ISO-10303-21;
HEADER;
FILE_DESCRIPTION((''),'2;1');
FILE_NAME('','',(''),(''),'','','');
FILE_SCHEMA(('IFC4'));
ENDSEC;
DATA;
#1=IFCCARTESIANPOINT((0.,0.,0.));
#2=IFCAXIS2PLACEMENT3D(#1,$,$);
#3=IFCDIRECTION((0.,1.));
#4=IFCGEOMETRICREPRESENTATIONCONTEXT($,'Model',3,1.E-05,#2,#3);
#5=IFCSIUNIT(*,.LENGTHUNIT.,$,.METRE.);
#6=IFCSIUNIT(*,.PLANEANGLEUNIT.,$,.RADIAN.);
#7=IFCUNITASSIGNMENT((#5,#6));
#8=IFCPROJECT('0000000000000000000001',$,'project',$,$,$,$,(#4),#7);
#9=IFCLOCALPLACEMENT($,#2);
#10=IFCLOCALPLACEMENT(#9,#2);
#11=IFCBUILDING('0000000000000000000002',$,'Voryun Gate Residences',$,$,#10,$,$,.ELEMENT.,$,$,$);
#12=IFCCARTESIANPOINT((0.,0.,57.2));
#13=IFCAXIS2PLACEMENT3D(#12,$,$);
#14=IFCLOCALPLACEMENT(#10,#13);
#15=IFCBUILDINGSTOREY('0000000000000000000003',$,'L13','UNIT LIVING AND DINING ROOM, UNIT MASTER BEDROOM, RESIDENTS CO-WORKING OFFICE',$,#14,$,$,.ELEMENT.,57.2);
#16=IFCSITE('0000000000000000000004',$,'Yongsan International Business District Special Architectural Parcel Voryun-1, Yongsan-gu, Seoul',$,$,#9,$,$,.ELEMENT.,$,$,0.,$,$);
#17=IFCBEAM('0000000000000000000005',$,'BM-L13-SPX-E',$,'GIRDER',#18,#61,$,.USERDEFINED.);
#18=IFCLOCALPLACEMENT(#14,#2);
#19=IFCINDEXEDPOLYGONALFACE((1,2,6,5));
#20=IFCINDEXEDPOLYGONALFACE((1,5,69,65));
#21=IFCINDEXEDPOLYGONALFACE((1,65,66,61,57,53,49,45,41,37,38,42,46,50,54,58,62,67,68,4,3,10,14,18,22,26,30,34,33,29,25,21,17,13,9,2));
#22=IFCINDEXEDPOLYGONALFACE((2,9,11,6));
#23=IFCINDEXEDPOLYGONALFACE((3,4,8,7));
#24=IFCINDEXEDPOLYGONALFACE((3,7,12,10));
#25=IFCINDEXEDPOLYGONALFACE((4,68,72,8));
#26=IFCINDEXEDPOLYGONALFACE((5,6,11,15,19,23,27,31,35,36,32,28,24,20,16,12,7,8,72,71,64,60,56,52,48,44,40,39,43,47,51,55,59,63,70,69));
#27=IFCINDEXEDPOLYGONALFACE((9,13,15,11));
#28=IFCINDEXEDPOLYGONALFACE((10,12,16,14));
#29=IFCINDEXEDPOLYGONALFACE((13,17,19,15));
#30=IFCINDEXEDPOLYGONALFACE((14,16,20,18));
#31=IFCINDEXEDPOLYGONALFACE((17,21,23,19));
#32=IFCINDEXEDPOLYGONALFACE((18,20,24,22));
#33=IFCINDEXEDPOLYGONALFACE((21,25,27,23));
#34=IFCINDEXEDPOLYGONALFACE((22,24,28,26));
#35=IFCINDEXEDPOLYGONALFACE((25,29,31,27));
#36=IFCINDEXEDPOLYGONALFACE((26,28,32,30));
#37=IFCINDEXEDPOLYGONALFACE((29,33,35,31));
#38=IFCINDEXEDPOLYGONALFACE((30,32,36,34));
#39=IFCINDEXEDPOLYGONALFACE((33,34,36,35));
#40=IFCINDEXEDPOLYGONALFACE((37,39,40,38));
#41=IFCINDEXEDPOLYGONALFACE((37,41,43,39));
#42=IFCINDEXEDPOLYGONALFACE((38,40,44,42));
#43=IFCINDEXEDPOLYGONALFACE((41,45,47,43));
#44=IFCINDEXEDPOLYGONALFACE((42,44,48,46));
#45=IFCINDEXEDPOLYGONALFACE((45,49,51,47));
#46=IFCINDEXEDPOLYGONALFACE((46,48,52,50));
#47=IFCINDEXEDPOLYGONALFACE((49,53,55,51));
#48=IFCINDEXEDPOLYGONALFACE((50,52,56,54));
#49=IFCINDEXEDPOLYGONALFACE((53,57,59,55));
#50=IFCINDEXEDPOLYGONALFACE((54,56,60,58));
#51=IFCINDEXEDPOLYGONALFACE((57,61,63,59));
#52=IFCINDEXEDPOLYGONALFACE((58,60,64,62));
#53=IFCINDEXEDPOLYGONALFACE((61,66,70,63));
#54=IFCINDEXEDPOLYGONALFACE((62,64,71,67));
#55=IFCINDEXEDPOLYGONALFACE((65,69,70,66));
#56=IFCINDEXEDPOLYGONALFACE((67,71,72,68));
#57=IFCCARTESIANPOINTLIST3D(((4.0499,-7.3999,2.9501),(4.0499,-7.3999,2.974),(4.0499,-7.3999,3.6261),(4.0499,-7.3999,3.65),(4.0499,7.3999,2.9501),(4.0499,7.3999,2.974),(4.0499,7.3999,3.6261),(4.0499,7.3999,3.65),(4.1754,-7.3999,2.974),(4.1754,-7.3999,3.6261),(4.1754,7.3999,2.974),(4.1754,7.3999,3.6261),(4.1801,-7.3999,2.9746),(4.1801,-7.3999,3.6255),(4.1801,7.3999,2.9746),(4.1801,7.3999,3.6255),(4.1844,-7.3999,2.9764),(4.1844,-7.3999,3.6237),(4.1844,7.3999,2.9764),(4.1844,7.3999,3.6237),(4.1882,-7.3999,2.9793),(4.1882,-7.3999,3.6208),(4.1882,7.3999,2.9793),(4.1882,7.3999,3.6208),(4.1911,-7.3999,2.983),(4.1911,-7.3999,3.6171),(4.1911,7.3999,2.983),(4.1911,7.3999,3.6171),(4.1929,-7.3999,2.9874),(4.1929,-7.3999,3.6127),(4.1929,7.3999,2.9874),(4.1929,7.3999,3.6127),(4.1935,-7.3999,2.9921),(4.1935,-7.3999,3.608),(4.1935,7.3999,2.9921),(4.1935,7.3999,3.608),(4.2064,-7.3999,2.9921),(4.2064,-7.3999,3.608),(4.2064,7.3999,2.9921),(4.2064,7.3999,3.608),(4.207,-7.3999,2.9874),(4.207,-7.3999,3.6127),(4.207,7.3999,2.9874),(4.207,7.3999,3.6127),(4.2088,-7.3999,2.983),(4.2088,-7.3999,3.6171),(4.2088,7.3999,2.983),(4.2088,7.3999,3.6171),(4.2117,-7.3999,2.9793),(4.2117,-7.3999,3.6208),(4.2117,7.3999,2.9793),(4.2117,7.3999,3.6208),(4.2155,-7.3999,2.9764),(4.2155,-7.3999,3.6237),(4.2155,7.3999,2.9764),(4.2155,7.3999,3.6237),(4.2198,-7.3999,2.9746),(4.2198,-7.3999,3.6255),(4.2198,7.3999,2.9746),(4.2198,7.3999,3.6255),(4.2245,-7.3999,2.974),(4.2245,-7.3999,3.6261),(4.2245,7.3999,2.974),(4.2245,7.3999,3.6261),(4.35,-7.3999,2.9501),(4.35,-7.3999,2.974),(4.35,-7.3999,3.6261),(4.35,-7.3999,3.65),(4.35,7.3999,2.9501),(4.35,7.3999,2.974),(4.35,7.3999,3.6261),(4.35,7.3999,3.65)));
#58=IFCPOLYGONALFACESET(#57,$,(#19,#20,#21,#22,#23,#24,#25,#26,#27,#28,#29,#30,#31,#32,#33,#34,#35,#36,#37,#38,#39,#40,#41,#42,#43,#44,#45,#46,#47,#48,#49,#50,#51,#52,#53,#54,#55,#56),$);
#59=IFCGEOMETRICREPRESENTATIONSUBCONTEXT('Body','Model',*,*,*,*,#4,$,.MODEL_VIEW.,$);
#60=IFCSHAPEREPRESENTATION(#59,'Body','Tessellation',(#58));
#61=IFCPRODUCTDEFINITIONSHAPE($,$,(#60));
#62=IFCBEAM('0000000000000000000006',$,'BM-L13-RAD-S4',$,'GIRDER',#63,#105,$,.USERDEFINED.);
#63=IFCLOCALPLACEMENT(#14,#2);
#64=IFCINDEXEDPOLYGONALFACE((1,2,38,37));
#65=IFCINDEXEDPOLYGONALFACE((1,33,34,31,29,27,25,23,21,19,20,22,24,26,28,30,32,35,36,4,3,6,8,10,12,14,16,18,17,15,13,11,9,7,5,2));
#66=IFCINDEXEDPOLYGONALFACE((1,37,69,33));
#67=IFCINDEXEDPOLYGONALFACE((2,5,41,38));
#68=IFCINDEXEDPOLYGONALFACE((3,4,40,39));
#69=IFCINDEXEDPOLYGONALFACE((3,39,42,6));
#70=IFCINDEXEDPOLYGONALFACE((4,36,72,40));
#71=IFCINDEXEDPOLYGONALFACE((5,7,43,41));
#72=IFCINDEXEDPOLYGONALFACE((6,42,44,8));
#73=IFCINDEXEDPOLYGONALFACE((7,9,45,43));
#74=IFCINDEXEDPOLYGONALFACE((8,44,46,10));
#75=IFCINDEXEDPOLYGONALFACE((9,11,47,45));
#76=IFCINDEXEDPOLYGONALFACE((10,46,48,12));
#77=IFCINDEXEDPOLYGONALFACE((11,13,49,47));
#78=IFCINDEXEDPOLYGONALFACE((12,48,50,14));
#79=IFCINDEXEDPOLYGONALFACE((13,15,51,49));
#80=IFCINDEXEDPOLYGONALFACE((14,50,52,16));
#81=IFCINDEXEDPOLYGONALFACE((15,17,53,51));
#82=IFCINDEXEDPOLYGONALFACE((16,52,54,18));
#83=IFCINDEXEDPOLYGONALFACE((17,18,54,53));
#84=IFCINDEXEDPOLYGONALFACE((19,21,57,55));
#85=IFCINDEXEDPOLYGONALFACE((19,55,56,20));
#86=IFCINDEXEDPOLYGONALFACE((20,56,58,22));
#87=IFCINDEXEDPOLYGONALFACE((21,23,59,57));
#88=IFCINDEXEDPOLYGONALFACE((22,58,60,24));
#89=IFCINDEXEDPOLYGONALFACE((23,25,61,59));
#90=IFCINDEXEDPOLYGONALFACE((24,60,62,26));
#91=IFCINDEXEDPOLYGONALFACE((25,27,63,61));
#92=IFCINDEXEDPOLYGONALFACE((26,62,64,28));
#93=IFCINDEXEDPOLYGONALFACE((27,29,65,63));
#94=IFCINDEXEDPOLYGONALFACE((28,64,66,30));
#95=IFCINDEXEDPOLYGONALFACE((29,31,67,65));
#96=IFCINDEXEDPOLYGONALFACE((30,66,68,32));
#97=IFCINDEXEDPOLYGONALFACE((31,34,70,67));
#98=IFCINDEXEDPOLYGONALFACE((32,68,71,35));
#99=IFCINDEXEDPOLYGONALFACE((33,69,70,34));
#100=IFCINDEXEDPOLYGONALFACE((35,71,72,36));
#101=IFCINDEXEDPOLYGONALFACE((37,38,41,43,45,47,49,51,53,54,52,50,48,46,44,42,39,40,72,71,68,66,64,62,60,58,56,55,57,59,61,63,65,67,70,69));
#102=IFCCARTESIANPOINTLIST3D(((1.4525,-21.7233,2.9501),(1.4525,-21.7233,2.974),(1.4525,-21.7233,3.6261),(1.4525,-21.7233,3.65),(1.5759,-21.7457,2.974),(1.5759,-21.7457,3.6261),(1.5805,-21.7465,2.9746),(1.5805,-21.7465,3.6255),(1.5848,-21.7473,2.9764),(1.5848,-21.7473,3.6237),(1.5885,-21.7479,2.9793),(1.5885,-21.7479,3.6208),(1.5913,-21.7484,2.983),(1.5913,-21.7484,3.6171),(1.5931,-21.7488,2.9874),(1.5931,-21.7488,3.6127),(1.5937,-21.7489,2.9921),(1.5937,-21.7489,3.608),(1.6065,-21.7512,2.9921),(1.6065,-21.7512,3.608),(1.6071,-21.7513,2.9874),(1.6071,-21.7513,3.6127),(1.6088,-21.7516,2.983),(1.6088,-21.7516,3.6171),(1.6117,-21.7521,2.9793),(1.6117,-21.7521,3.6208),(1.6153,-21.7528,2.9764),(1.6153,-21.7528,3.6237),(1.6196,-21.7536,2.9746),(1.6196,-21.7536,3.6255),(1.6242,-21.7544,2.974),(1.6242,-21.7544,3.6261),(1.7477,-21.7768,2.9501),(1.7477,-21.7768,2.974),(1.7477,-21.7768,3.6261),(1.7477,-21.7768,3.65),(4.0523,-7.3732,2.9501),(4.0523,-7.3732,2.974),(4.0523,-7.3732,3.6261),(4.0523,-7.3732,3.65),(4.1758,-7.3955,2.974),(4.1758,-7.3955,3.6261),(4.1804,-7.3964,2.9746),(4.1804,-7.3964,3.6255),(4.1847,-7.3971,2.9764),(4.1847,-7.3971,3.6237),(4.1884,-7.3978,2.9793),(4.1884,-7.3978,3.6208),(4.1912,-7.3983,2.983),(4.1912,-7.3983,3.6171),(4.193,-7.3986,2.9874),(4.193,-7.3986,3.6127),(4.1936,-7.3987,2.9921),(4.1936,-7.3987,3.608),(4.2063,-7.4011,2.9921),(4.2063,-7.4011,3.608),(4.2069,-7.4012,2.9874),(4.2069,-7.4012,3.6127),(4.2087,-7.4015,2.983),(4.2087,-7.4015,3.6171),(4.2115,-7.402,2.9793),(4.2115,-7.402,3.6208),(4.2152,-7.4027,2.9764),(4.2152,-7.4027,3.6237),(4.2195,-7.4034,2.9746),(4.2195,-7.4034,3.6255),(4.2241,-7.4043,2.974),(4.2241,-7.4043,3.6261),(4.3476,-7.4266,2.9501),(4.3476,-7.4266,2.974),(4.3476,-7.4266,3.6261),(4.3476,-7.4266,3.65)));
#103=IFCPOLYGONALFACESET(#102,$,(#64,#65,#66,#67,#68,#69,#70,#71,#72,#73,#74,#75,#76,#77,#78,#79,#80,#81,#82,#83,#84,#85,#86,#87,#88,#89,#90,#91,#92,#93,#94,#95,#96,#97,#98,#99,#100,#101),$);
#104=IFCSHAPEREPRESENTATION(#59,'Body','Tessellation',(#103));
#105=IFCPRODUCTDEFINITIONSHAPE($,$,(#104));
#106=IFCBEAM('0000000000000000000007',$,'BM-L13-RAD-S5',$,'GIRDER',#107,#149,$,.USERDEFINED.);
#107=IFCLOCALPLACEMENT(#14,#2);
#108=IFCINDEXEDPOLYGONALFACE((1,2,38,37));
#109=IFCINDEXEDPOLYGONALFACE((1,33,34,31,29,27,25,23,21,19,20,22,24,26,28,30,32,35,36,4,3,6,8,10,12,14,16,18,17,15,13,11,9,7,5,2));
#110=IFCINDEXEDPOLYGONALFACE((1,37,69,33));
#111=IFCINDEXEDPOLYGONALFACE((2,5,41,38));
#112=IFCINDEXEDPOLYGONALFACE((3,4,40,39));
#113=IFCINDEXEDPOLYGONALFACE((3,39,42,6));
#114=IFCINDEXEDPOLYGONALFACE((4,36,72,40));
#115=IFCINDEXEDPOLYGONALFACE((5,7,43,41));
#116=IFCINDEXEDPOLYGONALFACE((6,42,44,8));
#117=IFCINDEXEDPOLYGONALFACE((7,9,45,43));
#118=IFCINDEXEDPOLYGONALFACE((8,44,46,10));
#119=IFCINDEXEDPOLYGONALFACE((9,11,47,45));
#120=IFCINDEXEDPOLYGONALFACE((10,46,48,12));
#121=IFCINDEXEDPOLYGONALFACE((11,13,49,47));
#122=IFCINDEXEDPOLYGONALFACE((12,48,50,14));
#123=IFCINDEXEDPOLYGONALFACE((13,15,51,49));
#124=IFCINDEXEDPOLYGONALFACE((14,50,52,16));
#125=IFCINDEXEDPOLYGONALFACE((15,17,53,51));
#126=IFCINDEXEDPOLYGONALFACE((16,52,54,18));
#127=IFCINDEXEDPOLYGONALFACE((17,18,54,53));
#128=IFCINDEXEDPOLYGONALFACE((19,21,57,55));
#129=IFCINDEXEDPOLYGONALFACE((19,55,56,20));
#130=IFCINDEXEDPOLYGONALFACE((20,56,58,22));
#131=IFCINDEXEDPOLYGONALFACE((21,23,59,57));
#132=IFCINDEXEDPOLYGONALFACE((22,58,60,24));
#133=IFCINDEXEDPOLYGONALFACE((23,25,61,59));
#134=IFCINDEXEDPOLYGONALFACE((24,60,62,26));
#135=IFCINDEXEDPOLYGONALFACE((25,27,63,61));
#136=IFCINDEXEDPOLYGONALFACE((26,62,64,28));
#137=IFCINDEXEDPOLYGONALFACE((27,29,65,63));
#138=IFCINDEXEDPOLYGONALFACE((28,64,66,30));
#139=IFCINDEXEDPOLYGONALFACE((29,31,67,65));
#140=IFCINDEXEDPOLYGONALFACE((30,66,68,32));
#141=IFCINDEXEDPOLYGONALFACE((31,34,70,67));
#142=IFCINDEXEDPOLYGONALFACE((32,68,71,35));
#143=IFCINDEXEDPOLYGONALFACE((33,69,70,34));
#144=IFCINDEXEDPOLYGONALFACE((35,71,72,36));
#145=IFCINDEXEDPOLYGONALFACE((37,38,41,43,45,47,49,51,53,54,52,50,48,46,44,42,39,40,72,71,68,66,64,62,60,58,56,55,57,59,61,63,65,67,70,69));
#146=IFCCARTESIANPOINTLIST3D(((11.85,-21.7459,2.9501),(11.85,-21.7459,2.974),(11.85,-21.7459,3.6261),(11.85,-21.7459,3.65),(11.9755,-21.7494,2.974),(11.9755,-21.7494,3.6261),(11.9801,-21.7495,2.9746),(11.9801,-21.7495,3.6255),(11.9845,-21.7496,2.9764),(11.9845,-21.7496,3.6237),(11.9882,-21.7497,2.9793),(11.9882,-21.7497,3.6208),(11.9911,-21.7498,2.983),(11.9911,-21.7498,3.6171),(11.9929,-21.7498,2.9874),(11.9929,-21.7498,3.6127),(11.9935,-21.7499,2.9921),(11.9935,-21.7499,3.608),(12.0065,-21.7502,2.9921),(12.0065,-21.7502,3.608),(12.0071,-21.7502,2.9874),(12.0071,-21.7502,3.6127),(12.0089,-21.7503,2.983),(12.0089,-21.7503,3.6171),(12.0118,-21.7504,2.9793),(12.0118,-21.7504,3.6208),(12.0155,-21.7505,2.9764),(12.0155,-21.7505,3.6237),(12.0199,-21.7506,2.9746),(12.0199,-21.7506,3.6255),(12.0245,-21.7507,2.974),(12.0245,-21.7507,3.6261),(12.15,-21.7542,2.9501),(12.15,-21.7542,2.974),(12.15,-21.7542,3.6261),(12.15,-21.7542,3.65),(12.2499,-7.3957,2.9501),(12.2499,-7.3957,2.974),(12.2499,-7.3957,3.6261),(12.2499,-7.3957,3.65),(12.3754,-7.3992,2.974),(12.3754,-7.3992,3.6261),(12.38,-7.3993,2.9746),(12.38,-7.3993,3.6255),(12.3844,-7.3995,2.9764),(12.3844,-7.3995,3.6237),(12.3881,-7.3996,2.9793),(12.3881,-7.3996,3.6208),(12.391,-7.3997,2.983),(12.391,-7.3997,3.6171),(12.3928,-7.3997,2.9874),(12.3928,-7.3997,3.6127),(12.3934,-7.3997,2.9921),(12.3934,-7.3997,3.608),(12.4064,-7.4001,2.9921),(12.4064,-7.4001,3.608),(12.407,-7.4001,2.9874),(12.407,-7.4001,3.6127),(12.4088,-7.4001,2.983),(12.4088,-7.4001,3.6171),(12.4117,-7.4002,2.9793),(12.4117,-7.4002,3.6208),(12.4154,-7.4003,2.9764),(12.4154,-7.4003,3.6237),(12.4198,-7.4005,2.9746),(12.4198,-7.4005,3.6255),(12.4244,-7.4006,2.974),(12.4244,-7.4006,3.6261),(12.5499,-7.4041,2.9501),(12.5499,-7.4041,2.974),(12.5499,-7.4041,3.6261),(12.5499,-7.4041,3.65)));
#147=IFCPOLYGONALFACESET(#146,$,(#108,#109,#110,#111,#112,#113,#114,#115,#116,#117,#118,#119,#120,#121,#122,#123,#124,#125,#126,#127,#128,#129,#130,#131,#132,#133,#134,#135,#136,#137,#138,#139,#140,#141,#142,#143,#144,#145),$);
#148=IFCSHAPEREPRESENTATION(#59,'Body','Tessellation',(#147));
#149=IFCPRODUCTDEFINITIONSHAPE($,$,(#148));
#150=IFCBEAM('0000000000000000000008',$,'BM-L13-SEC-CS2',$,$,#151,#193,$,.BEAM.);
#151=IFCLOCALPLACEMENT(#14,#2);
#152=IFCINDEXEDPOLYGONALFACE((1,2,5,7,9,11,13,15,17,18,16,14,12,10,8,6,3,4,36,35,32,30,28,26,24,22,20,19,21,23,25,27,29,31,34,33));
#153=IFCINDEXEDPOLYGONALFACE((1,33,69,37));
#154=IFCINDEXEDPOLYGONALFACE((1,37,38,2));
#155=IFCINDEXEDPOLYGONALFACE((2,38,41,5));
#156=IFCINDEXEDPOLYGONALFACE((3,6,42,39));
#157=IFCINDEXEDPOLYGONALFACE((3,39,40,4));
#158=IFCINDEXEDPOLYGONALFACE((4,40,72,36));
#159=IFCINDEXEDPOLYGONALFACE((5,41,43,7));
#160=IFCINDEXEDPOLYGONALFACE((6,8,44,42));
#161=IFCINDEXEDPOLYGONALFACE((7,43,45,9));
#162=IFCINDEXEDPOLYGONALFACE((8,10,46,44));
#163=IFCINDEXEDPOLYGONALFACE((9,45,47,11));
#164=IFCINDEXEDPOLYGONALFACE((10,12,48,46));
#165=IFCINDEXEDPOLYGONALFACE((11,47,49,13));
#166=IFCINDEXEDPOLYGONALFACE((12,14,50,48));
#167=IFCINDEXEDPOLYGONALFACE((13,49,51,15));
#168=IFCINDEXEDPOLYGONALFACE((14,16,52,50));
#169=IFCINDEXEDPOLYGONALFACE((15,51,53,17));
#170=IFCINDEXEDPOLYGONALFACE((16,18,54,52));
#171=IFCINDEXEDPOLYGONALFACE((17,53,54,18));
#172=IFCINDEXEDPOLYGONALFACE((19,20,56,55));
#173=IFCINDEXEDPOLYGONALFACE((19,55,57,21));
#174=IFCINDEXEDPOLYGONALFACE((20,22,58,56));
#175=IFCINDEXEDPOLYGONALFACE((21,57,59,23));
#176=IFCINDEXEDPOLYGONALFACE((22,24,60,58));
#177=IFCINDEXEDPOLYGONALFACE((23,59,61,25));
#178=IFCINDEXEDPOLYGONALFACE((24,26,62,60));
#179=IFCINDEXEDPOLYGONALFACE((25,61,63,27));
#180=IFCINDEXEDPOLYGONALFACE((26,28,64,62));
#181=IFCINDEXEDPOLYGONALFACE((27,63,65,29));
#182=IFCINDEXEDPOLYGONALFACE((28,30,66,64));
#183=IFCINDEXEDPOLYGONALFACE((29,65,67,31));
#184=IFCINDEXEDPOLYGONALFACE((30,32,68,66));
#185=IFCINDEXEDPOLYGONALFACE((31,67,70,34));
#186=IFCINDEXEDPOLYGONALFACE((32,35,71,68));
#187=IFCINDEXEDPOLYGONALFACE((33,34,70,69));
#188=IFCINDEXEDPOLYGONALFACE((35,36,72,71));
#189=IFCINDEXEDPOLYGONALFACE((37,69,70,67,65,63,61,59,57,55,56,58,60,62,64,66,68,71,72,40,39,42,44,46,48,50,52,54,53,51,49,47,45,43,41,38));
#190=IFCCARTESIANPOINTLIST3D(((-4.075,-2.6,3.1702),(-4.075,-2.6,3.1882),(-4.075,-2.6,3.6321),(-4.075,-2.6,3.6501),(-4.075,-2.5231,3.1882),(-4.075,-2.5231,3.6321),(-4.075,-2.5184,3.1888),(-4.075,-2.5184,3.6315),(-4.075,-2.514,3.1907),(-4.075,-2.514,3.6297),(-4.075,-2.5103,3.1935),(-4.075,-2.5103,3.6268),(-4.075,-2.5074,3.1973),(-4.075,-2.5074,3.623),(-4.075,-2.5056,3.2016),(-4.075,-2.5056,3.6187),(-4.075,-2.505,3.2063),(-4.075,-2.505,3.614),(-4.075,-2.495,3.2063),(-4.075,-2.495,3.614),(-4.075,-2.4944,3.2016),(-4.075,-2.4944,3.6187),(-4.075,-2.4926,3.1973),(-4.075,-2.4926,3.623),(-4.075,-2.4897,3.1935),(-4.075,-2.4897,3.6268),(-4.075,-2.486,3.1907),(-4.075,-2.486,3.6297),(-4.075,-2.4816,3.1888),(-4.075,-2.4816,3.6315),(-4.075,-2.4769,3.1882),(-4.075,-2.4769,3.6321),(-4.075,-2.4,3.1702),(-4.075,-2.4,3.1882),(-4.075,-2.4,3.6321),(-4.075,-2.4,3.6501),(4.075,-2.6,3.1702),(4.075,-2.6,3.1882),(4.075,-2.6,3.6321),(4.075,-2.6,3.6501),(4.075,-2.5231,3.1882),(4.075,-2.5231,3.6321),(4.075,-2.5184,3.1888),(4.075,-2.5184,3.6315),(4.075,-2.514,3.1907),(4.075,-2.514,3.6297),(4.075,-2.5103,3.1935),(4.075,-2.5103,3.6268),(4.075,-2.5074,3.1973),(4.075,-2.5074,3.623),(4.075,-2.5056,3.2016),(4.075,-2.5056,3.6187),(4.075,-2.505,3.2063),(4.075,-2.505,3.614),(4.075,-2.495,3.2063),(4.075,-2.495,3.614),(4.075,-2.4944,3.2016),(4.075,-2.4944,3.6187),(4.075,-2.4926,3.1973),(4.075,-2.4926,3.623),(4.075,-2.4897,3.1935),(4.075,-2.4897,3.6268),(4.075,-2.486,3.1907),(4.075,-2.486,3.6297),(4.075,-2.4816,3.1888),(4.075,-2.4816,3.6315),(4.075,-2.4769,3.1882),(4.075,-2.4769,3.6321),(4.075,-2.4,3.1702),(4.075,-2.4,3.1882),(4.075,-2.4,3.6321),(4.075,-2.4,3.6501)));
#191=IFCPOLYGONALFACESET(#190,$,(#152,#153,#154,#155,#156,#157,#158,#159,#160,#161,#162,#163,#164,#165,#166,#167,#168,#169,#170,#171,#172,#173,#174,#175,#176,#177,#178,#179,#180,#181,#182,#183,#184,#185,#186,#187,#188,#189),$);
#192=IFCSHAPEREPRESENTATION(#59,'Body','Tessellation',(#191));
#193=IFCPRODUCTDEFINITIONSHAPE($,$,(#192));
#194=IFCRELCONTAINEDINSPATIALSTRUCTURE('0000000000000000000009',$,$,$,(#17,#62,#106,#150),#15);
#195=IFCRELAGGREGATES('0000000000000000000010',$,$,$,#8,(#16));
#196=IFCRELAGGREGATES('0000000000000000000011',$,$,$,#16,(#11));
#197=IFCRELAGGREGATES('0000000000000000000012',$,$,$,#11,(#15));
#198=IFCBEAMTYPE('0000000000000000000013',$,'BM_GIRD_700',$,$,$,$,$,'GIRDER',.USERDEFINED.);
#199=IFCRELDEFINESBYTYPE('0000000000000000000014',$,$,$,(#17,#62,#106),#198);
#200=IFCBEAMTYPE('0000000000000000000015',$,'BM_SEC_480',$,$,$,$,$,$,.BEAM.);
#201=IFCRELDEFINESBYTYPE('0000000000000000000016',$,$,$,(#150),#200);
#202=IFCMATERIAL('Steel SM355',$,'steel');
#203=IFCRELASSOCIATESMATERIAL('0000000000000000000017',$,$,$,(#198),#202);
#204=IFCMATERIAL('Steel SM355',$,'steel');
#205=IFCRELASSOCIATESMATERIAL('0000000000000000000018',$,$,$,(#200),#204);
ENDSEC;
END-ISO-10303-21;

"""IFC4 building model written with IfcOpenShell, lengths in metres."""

from ifc_helpers import new_model, si_unit, direction, frame, origin, origin_2d, place, context, subcontext, project, spatial, i_section, extrude, material, material_profile, profile_set, type_object, element, save


model = new_model("IFC4")

# Units and contexts
model_context = context("Model", 3, precision=1e-05, world=origin(), true_north=direction((0.0, 1.0)))
body_context = subcontext(model_context, "Body", "Model", "MODEL_VIEW")
ifc_project = project(units=[si_unit("LENGTHUNIT", "METRE"), si_unit("PLANEANGLEUNIT", "RADIAN")], contexts=[model_context])

# Site, building, storey
site_placement = place(None, origin())
site = spatial("IfcSite", under=ifc_project, at=site_placement, Name="Yongsan International Business District Special Architectural Parcel Voryun-1, Yongsan-gu, Seoul", CompositionType="ELEMENT", RefElevation=0.0)
building_placement = place(site_placement, origin())
building = spatial("IfcBuilding", under=site, at=building_placement, Name="Voryun Gate Residences", CompositionType="ELEMENT")
storey_placement = place(building_placement, frame((0.0, 0.0, 57.2)))
storey = spatial("IfcBuildingStorey", under=building, at=storey_placement, Name="L13", Description="UNIT LIVING AND DINING ROOM, UNIT MASTER BEDROOM, RESIDENTS CO-WORKING OFFICE", CompositionType="ELEMENT", Elevation=57.2)

# Beams
ifc_material_1 = material(Name="Steel SM355", Category="steel")
ifc_material_profile_1 = material_profile(ifc_material_1, i_section(OverallWidth=0.3, OverallDepth=0.7, WebThickness=0.0129, FlangeThickness=0.0239, FilletRadius=0.0181, at=origin_2d()), Name="H-700x300x13x24")
ifc_profile_set_1 = profile_set([ifc_material_profile_1], Name="Steel SM355")
beam_type_1 = type_object("IfcBeamType", Name="BM_GIRD_700", ElementType="GIRDER", PredefinedType="USERDEFINED", material=ifc_profile_set_1)
for number, where, z_axis, x_axis, name in (
    (1, (4.2, -7.3999, 3.3), (0.0, 1.0, 0.0), (-1.0, 0.0, 0.0), "BM-L13-SPX-E"),
):
    element("IfcBeam", number, at=place(storey_placement, frame(where, z_axis=z_axis, x_axis=x_axis)), inside=storey, type_object=beam_type_1, Name=name, ObjectType="GIRDER", PredefinedType="USERDEFINED", context=body_context, shape_type="SweptSolid", body=[
        extrude(i_section(OverallWidth=0.3, OverallDepth=0.7, WebThickness=0.0129, FlangeThickness=0.0239, FilletRadius=0.0181, at=origin_2d()), origin(), (0.0, 0.0, 1.0), 14.7998),
    ])
beam_1_placement = place(storey_placement, frame((4.2, -7.3999, 3.3), z_axis=(-0.178271, -0.983981, 0.0), x_axis=(0.983981, -0.178271, 0.0)))
element("IfcBeam", 2, at=beam_1_placement, inside=storey, type_object=beam_type_1, Name="BM-L13-RAD-S4", ObjectType="GIRDER", PredefinedType="USERDEFINED", context=body_context, shape_type="SweptSolid", body=[
    extrude(i_section(OverallWidth=0.3, OverallDepth=0.7, WebThickness=0.0129, FlangeThickness=0.0239, FilletRadius=0.0181, at=origin_2d()), origin(), (0.0, 0.0, 1.0), 14.5837),
])
beam_2_placement = place(storey_placement, frame((12.3999, -7.3999, 3.3), z_axis=(-0.027857, -0.999612, 0.0), x_axis=(0.999612, -0.027857, 0.0)))
element("IfcBeam", 3, at=beam_2_placement, inside=storey, type_object=beam_type_1, Name="BM-L13-RAD-S5", ObjectType="GIRDER", PredefinedType="USERDEFINED", context=body_context, shape_type="SweptSolid", body=[
    extrude(i_section(OverallWidth=0.3, OverallDepth=0.7, WebThickness=0.0129, FlangeThickness=0.0239, FilletRadius=0.0181, at=origin_2d()), origin(), (0.0, 0.0, 1.0), 14.3557),
])
ifc_material_2 = material(Name="Steel SM355", Category="steel")
ifc_material_profile_2 = material_profile(ifc_material_2, i_section(OverallWidth=0.2, OverallDepth=0.48, WebThickness=0.01, FlangeThickness=0.0181, FilletRadius=0.0181, at=origin_2d()), Name="H-480x200x10x18")
ifc_profile_set_2 = profile_set([ifc_material_profile_2], Name="Steel SM355")
beam_type_2 = type_object("IfcBeamType", Name="BM_SEC_480", PredefinedType="BEAM", material=ifc_profile_set_2)
beam_3_placement = place(storey_placement, frame((-4.075, -2.5, 3.4102), z_axis=(1.0, 0.0, 0.0), x_axis=(0.0, 1.0, 0.0)))
element("IfcBeam", 4, at=beam_3_placement, inside=storey, type_object=beam_type_2, Name="BM-L13-SEC-CS2", PredefinedType="BEAM", context=body_context, shape_type="SweptSolid", body=[
    extrude(i_section(OverallWidth=0.2, OverallDepth=0.48, WebThickness=0.01, FlangeThickness=0.0181, FilletRadius=0.0181, at=origin_2d()), origin(), (0.0, 0.0, 1.0), 8.1499),
])

save(model, "model.ifc")
